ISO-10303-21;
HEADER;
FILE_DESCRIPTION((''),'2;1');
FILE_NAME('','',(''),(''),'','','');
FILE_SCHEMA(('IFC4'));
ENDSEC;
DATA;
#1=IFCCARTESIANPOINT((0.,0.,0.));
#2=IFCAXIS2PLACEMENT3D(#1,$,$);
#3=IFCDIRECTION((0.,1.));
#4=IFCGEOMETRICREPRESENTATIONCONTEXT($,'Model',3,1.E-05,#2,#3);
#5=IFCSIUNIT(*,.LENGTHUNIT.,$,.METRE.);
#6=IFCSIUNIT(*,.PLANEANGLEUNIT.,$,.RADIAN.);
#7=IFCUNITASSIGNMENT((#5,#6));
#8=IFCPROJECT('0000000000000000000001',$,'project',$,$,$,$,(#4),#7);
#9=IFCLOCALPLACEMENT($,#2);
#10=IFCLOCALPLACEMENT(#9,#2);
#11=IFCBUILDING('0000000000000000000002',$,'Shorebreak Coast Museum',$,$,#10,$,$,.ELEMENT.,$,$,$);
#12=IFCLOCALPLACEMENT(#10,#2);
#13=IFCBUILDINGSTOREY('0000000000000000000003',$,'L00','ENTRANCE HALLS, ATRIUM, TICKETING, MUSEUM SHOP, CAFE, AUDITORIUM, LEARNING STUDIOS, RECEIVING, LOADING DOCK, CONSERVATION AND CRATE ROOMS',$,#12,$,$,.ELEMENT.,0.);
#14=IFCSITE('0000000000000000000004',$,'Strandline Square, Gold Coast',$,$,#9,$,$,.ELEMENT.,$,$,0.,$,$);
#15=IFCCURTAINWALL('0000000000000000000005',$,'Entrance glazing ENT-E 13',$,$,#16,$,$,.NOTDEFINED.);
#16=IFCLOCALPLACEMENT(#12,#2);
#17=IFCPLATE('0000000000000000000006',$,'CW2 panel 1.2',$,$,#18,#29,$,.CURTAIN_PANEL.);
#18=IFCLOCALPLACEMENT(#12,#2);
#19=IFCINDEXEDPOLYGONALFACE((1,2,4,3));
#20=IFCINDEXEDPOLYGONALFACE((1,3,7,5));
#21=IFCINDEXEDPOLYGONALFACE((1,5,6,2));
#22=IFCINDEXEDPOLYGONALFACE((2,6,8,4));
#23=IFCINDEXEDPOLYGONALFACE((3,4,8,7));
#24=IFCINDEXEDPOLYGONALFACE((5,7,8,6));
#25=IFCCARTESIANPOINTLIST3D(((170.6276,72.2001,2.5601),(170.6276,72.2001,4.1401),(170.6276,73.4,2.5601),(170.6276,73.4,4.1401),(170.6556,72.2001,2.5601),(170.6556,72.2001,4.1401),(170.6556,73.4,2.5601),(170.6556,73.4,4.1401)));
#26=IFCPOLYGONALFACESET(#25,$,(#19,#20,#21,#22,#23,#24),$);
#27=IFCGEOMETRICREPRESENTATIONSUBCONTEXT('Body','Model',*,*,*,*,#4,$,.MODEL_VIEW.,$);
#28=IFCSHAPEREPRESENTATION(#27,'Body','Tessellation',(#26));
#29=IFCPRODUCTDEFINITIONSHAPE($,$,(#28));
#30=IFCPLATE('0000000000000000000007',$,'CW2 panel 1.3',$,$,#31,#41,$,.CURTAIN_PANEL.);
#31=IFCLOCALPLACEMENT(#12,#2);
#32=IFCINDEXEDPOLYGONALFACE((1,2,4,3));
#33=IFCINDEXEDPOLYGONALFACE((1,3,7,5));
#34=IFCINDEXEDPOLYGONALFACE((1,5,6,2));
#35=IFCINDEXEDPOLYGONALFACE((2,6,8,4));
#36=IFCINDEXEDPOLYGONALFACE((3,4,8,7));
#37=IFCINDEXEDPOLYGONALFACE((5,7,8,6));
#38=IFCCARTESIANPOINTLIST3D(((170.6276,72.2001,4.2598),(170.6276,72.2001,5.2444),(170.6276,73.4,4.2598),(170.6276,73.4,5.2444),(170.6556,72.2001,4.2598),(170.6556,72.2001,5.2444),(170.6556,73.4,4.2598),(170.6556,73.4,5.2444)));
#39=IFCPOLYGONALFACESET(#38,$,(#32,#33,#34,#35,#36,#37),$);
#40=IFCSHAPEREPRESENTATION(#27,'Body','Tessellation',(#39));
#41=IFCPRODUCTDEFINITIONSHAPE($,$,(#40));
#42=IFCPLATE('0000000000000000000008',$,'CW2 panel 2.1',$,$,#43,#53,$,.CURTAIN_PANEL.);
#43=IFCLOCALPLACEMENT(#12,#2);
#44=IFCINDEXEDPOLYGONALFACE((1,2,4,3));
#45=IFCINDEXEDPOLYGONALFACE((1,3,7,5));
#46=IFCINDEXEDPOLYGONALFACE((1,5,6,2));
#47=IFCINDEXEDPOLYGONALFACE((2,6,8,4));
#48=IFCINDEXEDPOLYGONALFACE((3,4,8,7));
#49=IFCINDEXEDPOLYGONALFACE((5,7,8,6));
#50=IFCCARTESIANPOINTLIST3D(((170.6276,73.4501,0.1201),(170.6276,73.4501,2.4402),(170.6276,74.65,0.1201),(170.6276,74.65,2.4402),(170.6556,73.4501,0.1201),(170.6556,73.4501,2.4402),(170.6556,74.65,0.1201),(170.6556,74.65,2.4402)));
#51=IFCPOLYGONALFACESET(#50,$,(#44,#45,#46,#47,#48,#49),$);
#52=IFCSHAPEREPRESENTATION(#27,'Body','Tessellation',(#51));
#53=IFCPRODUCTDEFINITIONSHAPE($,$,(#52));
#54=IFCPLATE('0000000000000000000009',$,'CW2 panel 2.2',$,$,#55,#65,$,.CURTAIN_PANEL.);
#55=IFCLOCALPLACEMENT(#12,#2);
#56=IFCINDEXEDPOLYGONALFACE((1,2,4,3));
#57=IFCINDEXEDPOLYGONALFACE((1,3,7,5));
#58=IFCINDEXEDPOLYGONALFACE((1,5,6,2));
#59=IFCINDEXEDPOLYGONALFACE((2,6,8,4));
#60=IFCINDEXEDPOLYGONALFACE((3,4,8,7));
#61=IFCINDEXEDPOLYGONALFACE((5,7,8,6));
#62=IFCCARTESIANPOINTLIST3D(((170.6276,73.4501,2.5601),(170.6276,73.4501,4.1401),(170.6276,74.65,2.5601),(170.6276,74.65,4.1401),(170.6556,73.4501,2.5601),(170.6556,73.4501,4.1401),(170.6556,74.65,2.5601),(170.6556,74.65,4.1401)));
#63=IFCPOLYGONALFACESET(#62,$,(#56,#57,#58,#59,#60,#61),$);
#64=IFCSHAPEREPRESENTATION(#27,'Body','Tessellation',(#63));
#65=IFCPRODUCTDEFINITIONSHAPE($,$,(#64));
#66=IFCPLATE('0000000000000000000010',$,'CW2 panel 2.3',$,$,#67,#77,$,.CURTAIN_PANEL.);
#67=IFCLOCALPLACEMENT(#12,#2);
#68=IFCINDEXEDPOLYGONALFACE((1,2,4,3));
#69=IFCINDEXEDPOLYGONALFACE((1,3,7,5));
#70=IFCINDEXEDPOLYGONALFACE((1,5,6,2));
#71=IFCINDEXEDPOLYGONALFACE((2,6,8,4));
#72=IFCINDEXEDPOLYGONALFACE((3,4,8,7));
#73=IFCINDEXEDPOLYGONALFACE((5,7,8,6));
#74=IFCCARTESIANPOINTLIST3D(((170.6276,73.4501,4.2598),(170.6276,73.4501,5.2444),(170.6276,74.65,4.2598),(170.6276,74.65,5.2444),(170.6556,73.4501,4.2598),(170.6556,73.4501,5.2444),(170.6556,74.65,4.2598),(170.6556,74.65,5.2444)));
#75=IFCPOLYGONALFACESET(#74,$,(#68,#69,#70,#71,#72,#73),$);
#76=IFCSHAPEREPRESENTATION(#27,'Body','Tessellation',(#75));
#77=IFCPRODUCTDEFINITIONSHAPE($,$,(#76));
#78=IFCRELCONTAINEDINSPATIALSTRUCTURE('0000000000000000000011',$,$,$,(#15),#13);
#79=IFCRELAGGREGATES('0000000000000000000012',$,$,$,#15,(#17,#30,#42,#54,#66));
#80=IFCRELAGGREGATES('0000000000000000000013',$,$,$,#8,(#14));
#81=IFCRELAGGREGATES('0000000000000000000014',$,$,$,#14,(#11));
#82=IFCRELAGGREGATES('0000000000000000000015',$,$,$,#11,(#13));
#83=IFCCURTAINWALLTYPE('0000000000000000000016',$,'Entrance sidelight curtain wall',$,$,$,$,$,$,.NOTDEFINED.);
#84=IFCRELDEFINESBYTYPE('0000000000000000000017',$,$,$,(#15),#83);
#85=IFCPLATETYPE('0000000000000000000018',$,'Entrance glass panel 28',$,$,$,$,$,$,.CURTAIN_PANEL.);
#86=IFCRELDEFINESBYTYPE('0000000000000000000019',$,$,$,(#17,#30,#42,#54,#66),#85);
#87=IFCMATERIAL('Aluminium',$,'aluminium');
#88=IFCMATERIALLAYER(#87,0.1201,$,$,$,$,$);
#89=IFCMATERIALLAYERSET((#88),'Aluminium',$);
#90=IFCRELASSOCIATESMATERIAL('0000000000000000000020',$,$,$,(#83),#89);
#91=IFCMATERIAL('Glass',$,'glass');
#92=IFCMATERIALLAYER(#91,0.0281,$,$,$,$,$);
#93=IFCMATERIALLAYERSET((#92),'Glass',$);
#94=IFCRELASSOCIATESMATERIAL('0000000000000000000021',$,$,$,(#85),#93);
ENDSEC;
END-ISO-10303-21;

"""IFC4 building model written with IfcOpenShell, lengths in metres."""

from ifc_helpers import new_model, si_unit, direction, frame, origin, origin_2d, place, context, subcontext, project, spatial, rectangle, extrude, material, layer, layer_set, type_object, element, aggregate, save


model = new_model("IFC4")

# Units and contexts
model_context = context("Model", 3, precision=1e-05, world=origin(), true_north=direction((0.0, 1.0)))
body_context = subcontext(model_context, "Body", "Model", "MODEL_VIEW")
ifc_project = project(units=[si_unit("LENGTHUNIT", "METRE"), si_unit("PLANEANGLEUNIT", "RADIAN")], contexts=[model_context])

# Site, building, storey
site_placement = place(None, origin())
site = spatial("IfcSite", under=ifc_project, at=site_placement, Name="Strandline Square, Gold Coast", CompositionType="ELEMENT", RefElevation=0.0)
building_placement = place(site_placement, origin())
building = spatial("IfcBuilding", under=site, at=building_placement, Name="Shorebreak Coast Museum", CompositionType="ELEMENT")
storey_placement = place(building_placement, origin())
storey = spatial("IfcBuildingStorey", under=building, at=storey_placement, Name="L00", Description="ENTRANCE HALLS, ATRIUM, TICKETING, MUSEUM SHOP, CAFE, AUDITORIUM, LEARNING STUDIOS, RECEIVING, LOADING DOCK, CONSERVATION AND CRATE ROOMS", CompositionType="ELEMENT", Elevation=0.0)

# Curtain wall, plates
ifc_material_1 = material(Name="Aluminium", Category="aluminium")
ifc_layer_1 = layer(ifc_material_1, 0.1201)
ifc_layer_set_1 = layer_set([ifc_layer_1], Name="Aluminium")
curtain_wall_type = type_object("IfcCurtainWallType", Name="Entrance sidelight curtain wall", PredefinedType="NOTDEFINED", material=ifc_layer_set_1)
curtain_wall_placement = place(storey_placement, origin())
curtain_wall = element("IfcCurtainWall", 1, at=curtain_wall_placement, inside=storey, type_object=curtain_wall_type, Name="Entrance glazing ENT-E 13", PredefinedType="NOTDEFINED")
ifc_material_2 = material(Name="Glass", Category="glass")
ifc_layer_2 = layer(ifc_material_2, 0.0281)
ifc_layer_set_2 = layer_set([ifc_layer_2], Name="Glass")
plate_type = type_object("IfcPlateType", Name="Entrance glass panel 28", PredefinedType="CURTAIN_PANEL", material=ifc_layer_set_2)
plate_1_placement = place(storey_placement, frame((170.6416, 72.8, 2.5601), z_axis=(0.0, 0.0, 1.0), x_axis=(0.0, 1.0, 0.0)))
plate_1 = element("IfcPlate", 2, at=plate_1_placement, type_object=plate_type, Name="CW2 panel 1.2", PredefinedType="CURTAIN_PANEL", context=body_context, shape_type="SweptSolid", body=[
    extrude(rectangle(XDim=1.2, YDim=0.0281, at=origin_2d()), origin(), (0.0, 0.0, 1.0), 1.5801),
])
plate_2_placement = place(storey_placement, frame((170.6416, 72.8, 4.2598), z_axis=(0.0, 0.0, 1.0), x_axis=(0.0, 1.0, 0.0)))
plate_2 = element("IfcPlate", 3, at=plate_2_placement, type_object=plate_type, Name="CW2 panel 1.3", PredefinedType="CURTAIN_PANEL", context=body_context, shape_type="SweptSolid", body=[
    extrude(rectangle(XDim=1.2, YDim=0.0281, at=origin_2d()), origin(), (0.0, 0.0, 1.0), 0.9846),
])
plate_3_placement = place(storey_placement, frame((170.6416, 74.05, 0.1201), z_axis=(0.0, 0.0, 1.0), x_axis=(0.0, 1.0, 0.0)))
plate_3 = element("IfcPlate", 4, at=plate_3_placement, type_object=plate_type, Name="CW2 panel 2.1", PredefinedType="CURTAIN_PANEL", context=body_context, shape_type="SweptSolid", body=[
    extrude(rectangle(XDim=1.2, YDim=0.0281, at=origin_2d()), origin(), (0.0, 0.0, 1.0), 2.3201),
])
plate_4_placement = place(storey_placement, frame((170.6416, 74.05, 2.5601), z_axis=(0.0, 0.0, 1.0), x_axis=(0.0, 1.0, 0.0)))
plate_4 = element("IfcPlate", 5, at=plate_4_placement, type_object=plate_type, Name="CW2 panel 2.2", PredefinedType="CURTAIN_PANEL", context=body_context, shape_type="SweptSolid", body=[
    extrude(rectangle(XDim=1.2, YDim=0.0281, at=origin_2d()), origin(), (0.0, 0.0, 1.0), 1.5801),
])
plate_5_placement = place(storey_placement, frame((170.6416, 74.05, 4.2598), z_axis=(0.0, 0.0, 1.0), x_axis=(0.0, 1.0, 0.0)))
plate_5 = element("IfcPlate", 6, at=plate_5_placement, type_object=plate_type, Name="CW2 panel 2.3", PredefinedType="CURTAIN_PANEL", context=body_context, shape_type="SweptSolid", body=[
    extrude(rectangle(XDim=1.2, YDim=0.0281, at=origin_2d()), origin(), (0.0, 0.0, 1.0), 0.9846),
])
aggregate(curtain_wall, [plate_1, plate_2, plate_3, plate_4, plate_5])

save(model, "model.ifc")
